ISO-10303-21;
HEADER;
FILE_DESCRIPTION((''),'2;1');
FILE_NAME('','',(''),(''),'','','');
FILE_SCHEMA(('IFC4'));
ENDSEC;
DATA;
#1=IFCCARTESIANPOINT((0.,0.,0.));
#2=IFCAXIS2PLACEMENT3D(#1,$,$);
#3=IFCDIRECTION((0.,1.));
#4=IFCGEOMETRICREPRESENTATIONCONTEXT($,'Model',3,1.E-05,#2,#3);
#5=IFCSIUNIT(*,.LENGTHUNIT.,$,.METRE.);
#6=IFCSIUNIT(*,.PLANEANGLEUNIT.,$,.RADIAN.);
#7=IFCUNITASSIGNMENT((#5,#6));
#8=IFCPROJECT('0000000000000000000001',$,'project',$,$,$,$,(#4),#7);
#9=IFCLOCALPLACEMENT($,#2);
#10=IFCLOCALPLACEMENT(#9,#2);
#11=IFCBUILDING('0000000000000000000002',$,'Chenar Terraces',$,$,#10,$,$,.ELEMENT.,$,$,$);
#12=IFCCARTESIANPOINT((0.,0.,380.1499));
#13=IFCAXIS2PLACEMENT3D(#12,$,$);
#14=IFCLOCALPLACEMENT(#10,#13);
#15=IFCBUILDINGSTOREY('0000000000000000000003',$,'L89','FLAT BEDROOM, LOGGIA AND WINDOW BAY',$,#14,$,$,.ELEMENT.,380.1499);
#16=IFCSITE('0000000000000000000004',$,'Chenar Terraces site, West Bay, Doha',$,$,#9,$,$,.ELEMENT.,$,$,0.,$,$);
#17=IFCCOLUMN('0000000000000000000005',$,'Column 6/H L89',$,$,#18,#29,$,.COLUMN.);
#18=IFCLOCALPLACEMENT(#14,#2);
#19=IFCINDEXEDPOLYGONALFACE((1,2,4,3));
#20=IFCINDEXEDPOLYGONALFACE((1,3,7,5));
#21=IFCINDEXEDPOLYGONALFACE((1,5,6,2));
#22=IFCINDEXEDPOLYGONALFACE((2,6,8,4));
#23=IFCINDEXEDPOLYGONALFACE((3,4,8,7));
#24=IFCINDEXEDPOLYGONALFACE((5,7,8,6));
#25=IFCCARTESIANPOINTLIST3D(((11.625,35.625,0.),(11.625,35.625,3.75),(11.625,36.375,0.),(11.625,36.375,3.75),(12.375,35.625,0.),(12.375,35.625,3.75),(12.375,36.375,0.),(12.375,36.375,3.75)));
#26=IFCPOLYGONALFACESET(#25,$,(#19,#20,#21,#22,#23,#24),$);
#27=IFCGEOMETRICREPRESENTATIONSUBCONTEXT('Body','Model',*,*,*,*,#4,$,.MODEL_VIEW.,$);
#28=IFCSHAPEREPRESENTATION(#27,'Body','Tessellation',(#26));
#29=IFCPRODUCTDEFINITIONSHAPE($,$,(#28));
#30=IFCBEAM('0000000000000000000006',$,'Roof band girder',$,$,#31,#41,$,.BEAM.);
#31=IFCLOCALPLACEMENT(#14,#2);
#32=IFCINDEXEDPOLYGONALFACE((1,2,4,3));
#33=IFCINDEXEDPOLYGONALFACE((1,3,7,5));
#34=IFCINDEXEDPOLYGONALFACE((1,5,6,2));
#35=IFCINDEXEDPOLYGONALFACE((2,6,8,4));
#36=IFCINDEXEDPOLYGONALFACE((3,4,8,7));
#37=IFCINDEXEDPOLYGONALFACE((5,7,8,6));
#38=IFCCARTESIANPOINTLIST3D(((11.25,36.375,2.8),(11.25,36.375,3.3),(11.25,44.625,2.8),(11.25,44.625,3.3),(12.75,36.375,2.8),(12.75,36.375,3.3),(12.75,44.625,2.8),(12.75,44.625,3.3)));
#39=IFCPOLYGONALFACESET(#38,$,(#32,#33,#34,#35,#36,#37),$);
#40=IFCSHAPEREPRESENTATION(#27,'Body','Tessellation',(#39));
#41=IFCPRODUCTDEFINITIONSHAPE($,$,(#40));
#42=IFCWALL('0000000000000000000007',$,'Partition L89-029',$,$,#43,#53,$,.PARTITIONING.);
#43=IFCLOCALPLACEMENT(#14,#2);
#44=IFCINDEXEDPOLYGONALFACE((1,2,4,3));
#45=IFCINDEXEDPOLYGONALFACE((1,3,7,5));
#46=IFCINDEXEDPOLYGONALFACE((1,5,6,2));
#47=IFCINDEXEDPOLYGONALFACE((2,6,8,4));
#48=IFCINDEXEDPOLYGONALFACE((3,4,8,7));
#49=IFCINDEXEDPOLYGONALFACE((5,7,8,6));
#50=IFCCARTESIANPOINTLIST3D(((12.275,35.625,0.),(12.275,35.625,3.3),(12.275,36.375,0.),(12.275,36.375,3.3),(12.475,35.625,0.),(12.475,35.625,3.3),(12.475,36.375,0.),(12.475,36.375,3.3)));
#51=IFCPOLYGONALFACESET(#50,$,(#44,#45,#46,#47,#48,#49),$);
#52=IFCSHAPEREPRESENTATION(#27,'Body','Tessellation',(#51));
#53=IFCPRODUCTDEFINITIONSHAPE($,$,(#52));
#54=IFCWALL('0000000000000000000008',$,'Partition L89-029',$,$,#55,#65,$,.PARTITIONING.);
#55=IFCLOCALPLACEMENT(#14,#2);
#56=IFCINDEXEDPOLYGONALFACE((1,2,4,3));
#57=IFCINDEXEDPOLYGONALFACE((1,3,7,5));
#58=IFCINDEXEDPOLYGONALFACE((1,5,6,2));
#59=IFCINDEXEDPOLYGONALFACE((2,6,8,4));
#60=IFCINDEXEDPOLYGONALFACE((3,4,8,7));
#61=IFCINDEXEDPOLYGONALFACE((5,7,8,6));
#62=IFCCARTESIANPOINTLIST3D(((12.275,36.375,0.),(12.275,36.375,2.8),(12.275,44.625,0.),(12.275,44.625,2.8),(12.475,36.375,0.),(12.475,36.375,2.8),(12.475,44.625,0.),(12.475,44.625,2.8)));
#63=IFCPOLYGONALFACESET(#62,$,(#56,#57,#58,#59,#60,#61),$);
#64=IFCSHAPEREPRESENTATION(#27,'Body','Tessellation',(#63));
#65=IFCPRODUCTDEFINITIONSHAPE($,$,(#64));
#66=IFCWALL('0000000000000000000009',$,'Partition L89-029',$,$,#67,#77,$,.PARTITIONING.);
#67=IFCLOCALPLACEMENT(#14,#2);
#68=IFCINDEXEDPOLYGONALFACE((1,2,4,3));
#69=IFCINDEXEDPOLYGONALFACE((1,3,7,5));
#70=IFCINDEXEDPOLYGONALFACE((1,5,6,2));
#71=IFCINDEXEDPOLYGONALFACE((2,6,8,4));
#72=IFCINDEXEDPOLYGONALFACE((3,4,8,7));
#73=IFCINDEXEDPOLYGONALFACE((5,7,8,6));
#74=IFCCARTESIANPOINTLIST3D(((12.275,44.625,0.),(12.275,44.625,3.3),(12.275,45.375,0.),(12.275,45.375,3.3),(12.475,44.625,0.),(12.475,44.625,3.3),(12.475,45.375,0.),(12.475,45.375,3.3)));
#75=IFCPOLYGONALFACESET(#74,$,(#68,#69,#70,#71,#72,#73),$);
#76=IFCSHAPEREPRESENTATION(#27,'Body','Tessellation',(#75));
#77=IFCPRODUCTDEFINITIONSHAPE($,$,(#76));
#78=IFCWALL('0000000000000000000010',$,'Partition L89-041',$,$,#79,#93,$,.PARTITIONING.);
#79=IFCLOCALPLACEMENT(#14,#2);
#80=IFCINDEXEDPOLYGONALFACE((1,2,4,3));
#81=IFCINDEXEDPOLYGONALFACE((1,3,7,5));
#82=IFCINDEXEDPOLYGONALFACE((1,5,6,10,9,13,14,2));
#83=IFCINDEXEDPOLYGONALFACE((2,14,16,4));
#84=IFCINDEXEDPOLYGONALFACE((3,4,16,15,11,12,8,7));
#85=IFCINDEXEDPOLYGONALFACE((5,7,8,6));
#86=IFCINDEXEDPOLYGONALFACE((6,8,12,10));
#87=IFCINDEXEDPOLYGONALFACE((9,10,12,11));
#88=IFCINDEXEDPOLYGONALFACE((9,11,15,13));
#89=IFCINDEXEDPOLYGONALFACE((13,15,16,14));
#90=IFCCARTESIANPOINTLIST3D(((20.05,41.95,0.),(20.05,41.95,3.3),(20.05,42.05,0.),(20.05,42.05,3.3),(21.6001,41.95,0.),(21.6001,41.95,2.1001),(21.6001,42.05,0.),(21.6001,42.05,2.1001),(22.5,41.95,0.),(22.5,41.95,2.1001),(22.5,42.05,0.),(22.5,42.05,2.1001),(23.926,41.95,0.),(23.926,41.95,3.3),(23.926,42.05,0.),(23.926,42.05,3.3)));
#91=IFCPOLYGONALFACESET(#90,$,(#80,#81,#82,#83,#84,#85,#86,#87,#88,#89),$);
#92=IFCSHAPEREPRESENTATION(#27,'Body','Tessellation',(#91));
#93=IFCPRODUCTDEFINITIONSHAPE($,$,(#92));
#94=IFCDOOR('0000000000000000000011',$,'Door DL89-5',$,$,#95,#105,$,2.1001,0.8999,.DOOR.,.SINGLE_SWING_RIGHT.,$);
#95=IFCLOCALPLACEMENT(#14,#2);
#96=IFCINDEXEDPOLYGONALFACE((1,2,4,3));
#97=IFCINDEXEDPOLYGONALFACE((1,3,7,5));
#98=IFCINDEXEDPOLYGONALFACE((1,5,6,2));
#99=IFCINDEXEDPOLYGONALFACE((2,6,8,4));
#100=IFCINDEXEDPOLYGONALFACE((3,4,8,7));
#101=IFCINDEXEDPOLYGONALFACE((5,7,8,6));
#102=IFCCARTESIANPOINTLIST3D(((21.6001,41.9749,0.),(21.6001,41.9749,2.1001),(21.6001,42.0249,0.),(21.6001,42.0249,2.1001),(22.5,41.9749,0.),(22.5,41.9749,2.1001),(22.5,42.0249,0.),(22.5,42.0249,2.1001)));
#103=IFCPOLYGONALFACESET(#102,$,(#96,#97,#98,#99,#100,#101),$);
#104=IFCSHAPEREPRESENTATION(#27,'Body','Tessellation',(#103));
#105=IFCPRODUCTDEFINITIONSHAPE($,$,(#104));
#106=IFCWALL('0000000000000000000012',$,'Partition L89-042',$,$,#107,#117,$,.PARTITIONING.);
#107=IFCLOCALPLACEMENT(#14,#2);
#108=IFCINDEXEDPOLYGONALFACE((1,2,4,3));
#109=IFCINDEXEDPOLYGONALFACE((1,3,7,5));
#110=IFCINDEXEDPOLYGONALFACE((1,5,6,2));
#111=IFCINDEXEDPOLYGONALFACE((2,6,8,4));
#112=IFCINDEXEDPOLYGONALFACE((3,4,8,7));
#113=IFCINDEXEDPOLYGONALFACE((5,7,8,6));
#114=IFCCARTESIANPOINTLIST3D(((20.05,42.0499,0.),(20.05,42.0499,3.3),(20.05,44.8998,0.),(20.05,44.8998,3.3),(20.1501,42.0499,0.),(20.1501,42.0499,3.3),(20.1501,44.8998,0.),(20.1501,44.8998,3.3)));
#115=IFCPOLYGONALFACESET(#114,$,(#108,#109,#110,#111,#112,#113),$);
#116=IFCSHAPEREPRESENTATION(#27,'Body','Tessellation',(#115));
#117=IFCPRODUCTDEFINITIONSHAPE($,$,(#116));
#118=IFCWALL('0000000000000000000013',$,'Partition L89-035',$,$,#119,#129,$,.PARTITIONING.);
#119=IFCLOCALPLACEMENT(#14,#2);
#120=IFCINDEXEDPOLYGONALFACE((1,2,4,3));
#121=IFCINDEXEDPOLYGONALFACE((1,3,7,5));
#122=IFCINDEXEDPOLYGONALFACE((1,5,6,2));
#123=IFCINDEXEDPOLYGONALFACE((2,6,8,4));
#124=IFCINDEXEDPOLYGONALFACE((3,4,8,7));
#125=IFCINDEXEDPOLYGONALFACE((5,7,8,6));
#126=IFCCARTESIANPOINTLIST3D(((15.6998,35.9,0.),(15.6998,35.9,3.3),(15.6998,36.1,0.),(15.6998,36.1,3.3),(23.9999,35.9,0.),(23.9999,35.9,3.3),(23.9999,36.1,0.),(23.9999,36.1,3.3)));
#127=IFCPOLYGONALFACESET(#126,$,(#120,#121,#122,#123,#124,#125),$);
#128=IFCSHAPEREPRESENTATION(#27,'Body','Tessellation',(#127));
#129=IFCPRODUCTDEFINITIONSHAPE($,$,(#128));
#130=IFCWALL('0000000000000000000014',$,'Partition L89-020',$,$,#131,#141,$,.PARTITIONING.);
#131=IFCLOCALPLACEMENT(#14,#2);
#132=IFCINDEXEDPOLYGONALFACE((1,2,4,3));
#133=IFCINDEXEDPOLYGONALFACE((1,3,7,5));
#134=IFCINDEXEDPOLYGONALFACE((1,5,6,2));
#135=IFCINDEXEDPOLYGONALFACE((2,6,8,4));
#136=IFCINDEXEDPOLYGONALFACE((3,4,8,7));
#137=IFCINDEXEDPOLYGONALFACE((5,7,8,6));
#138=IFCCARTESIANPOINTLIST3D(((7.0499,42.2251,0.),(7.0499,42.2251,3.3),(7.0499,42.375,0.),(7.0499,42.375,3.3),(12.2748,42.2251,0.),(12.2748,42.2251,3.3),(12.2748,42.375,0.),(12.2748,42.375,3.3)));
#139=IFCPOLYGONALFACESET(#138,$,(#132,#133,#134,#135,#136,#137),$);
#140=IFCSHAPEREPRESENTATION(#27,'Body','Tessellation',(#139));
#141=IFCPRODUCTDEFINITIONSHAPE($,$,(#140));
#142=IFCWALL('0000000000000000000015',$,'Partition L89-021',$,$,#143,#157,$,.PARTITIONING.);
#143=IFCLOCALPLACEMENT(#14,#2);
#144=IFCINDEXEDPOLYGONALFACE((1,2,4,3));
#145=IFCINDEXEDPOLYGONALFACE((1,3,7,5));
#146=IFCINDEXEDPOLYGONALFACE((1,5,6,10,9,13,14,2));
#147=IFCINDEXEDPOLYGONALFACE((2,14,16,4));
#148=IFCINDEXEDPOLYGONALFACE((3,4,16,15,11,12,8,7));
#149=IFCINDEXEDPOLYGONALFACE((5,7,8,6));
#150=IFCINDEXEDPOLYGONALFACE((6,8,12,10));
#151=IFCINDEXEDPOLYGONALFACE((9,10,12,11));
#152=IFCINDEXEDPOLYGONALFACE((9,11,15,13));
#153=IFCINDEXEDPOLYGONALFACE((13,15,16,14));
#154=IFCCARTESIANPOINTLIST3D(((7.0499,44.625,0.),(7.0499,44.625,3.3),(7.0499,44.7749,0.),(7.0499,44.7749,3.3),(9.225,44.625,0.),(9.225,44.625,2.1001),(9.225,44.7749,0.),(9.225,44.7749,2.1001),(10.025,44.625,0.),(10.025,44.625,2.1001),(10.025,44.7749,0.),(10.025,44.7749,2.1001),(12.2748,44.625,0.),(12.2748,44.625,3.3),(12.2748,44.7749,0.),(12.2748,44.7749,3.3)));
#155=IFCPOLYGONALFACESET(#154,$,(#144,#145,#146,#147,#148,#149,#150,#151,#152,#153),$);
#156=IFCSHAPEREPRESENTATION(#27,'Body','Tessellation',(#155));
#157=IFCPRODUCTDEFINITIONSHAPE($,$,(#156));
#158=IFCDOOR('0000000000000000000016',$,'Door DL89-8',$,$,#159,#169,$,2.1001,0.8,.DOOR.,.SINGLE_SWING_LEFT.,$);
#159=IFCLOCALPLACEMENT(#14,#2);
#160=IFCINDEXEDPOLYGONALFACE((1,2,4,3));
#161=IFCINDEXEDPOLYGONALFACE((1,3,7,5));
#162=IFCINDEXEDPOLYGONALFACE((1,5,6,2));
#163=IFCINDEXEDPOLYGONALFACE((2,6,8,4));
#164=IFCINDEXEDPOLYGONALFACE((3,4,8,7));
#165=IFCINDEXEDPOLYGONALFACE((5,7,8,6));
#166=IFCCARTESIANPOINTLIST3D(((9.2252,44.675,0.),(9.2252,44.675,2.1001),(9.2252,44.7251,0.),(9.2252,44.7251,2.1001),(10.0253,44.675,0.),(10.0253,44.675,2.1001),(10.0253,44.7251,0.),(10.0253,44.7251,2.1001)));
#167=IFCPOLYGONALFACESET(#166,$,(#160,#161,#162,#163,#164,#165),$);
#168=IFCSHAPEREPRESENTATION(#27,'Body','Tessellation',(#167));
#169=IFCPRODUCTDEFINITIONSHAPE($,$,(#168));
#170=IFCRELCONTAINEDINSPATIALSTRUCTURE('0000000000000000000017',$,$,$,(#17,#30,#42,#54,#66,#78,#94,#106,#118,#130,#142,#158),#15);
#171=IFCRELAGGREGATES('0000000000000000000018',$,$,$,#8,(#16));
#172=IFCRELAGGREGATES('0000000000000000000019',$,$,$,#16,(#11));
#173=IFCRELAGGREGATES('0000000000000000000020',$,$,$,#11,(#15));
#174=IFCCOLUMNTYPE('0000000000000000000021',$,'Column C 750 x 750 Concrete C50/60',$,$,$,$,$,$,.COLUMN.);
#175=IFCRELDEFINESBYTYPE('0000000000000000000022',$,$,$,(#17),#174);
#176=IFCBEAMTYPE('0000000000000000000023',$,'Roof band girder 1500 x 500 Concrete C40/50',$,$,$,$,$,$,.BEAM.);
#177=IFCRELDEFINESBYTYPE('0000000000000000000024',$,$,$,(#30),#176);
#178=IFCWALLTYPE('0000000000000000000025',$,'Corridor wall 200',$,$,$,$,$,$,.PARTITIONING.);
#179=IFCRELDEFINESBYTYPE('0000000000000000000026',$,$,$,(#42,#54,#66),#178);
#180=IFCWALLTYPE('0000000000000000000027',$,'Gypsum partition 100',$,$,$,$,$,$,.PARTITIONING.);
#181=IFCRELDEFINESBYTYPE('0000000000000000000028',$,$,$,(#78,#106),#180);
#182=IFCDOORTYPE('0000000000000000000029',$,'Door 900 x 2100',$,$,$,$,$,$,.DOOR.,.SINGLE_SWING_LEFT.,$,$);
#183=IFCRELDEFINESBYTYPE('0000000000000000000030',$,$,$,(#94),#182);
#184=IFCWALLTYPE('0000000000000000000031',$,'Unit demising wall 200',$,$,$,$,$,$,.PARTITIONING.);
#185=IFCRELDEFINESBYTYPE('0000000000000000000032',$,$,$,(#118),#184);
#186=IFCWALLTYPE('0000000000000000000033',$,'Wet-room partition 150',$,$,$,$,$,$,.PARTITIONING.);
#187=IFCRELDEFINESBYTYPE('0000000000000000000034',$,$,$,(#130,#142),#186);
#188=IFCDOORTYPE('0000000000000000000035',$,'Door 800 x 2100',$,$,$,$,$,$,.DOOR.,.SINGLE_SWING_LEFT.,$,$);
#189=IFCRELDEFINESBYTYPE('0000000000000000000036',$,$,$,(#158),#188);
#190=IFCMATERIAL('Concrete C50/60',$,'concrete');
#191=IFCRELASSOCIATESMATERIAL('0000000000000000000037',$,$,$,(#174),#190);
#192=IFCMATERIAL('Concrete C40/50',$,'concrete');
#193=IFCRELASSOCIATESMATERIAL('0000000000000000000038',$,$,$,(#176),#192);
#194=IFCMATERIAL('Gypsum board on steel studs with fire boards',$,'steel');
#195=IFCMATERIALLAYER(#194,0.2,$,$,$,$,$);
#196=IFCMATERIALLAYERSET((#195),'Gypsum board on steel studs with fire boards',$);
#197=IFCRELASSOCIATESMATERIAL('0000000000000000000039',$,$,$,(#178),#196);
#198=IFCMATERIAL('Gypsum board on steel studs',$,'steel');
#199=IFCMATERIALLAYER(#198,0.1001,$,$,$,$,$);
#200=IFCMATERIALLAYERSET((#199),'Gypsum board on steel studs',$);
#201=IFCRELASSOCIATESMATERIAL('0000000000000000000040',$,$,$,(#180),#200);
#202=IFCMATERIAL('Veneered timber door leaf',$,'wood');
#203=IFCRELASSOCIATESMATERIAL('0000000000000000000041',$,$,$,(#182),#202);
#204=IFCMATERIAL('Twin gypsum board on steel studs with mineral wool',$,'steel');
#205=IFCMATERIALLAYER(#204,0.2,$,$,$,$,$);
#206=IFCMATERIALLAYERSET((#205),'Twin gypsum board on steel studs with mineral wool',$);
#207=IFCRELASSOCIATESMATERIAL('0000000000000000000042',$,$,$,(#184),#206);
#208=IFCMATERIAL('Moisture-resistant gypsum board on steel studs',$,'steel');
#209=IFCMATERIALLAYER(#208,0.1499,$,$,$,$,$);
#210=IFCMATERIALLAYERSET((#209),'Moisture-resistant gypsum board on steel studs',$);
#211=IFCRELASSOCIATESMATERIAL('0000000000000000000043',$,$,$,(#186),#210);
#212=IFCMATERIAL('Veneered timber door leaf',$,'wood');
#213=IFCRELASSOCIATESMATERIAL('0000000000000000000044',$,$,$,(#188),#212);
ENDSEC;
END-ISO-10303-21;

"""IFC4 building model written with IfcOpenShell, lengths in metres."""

from ifc_helpers import new_model, si_unit, direction, frame, frame_2d, origin, origin_2d, place, context, subcontext, project, spatial, rectangle, extrude, material, layer, layer_set, material_profile, profile_set, type_object, element, fill, save


model = new_model("IFC4")

# Units and contexts
model_context = context("Model", 3, precision=1e-05, world=origin(), true_north=direction((0.0, 1.0)))
body_context = subcontext(model_context, "Body", "Model", "MODEL_VIEW")
ifc_project = project(units=[si_unit("LENGTHUNIT", "METRE"), si_unit("PLANEANGLEUNIT", "RADIAN")], contexts=[model_context])

# Site, building, storey
site_placement = place(None, origin())
site = spatial("IfcSite", under=ifc_project, at=site_placement, Name="Chenar Terraces site, West Bay, Doha", CompositionType="ELEMENT", RefElevation=0.0)
building_placement = place(site_placement, origin())
building = spatial("IfcBuilding", under=site, at=building_placement, Name="Chenar Terraces", CompositionType="ELEMENT")
storey_placement = place(building_placement, frame((0.0, 0.0, 380.1499)))
storey = spatial("IfcBuildingStorey", under=building, at=storey_placement, Name="L89", Description="FLAT BEDROOM, LOGGIA AND WINDOW BAY", CompositionType="ELEMENT", Elevation=380.1499)

# Column
ifc_material_1 = material(Name="Concrete C50/60", Category="concrete")
ifc_material_profile_1 = material_profile(ifc_material_1, rectangle(XDim=0.75, YDim=0.75, at=origin_2d()), Name="C 750 x 750")
ifc_profile_set_1 = profile_set([ifc_material_profile_1], Name="Concrete C50/60")
column_type = type_object("IfcColumnType", Name="Column C 750 x 750 Concrete C50/60", PredefinedType="COLUMN", material=ifc_profile_set_1)
column_placement = place(storey_placement, frame((12.0, 36.0, 0.0), z_axis=(0.0, 0.0, 1.0), x_axis=(1.0, 0.0, 0.0)))
element("IfcColumn", 1, at=column_placement, inside=storey, type_object=column_type, Name="Column 6/H L89", PredefinedType="COLUMN", context=body_context, shape_type="SweptSolid", body=[
    extrude(rectangle(XDim=0.75, YDim=0.75, at=origin_2d()), origin(), (0.0, 0.0, 1.0), 3.75),
])

# Beam
ifc_material_2 = material(Name="Concrete C40/50", Category="concrete")
ifc_material_profile_2 = material_profile(ifc_material_2, rectangle(XDim=1.5, YDim=0.5, at=origin_2d()), Name="RC 1500 x 500")
ifc_profile_set_2 = profile_set([ifc_material_profile_2], Name="Concrete C40/50")
beam_type = type_object("IfcBeamType", Name="Roof band girder 1500 x 500 Concrete C40/50", PredefinedType="BEAM", material=ifc_profile_set_2)
beam_placement = place(storey_placement, frame((12.0, 36.375, 3.05), z_axis=(0.0, 1.0, 0.0), x_axis=(-1.0, 0.0, 0.0)))
element("IfcBeam", 2, at=beam_placement, inside=storey, type_object=beam_type, Name="Roof band girder", PredefinedType="BEAM", context=body_context, shape_type="SweptSolid", body=[
    extrude(rectangle(XDim=1.5, YDim=0.5, at=origin_2d()), origin(), (0.0, 0.0, 1.0), 8.25),
])

# Walls
ifc_material_3 = material(Name="Gypsum board on steel studs with fire boards", Category="steel")
ifc_layer_1 = layer(ifc_material_3, 0.2)
ifc_layer_set_1 = layer_set([ifc_layer_1], Name="Gypsum board on steel studs with fire boards")
wall_type_1 = type_object("IfcWallType", Name="Corridor wall 200", PredefinedType="PARTITIONING", material=ifc_layer_set_1)
wall_1_placement = place(storey_placement, frame((12.375, 35.625, 0.0), z_axis=(0.0, 0.0, 1.0), x_axis=(0.0, 1.0, 0.0)))
element("IfcWall", 3, at=wall_1_placement, inside=storey, type_object=wall_type_1, Name="Partition L89-029", PredefinedType="PARTITIONING", context=body_context, shape_type="SweptSolid", body=[
    extrude(rectangle(XDim=0.75, YDim=0.2, at=frame_2d((0.375, 0.0))), origin(), (0.0, 0.0, 1.0), 3.3),
])
wall_2_placement = place(storey_placement, frame((12.375, 36.375, 0.0), z_axis=(0.0, 0.0, 1.0), x_axis=(0.0, 1.0, 0.0)))
element("IfcWall", 4, at=wall_2_placement, inside=storey, type_object=wall_type_1, Name="Partition L89-029", PredefinedType="PARTITIONING", context=body_context, shape_type="SweptSolid", body=[
    extrude(rectangle(XDim=8.25, YDim=0.2, at=frame_2d((4.125, 0.0))), origin(), (0.0, 0.0, 1.0), 2.8),
])
wall_3_placement = place(storey_placement, frame((12.375, 44.625, 0.0), z_axis=(0.0, 0.0, 1.0), x_axis=(0.0, 1.0, 0.0)))
element("IfcWall", 5, at=wall_3_placement, inside=storey, type_object=wall_type_1, Name="Partition L89-029", PredefinedType="PARTITIONING", context=body_context, shape_type="SweptSolid", body=[
    extrude(rectangle(XDim=0.75, YDim=0.2, at=frame_2d((0.375, 0.0))), origin(), (0.0, 0.0, 1.0), 3.3),
])

# Wall, opening, door
ifc_material_4 = material(Name="Gypsum board on steel studs", Category="steel")
ifc_layer_2 = layer(ifc_material_4, 0.1001)
ifc_layer_set_2 = layer_set([ifc_layer_2], Name="Gypsum board on steel studs")
wall_type_2 = type_object("IfcWallType", Name="Gypsum partition 100", PredefinedType="PARTITIONING", material=ifc_layer_set_2)
wall_4_placement = place(storey_placement, frame((20.05, 42.0, 0.0), z_axis=(0.0, 0.0, 1.0), x_axis=(1.0, 0.0, 0.0)))
wall_4 = element("IfcWall", 6, at=wall_4_placement, inside=storey, type_object=wall_type_2, Name="Partition L89-041", PredefinedType="PARTITIONING", context=body_context, shape_type="SweptSolid", body=[
    extrude(rectangle(XDim=3.876, YDim=0.1001, at=frame_2d((1.938, 0.0))), origin(), (0.0, 0.0, 1.0), 3.3),
])
opening_1_placement = place(wall_4_placement, frame((1.55, 0.0, 0.0)))
opening_1 = element("IfcOpeningElement", 7, at=opening_1_placement, cuts=wall_4, PredefinedType="OPENING", context=body_context, shape_type="SweptSolid", body=[
    extrude(rectangle(XDim=0.8999, YDim=2.1001, at=frame_2d((0.45, 1.05))), frame((0.0, 0.0601, 0.0), z_axis=(0.0, -1.0, 0.0), x_axis=(1.0, 0.0, 0.0)), (0.0, 0.0, 1.0), 0.1201),
])
ifc_material_5 = material(Name="Veneered timber door leaf", Category="wood")
door_type_1 = type_object("IfcDoorType", Name="Door 900 x 2100", OperationType="SINGLE_SWING_LEFT", PredefinedType="DOOR", material=ifc_material_5)
door_1_placement = place(opening_1_placement, origin())
door_1 = element("IfcDoor", 8, at=door_1_placement, inside=storey, type_object=door_type_1, Name="Door DL89-5", OperationType="SINGLE_SWING_RIGHT", OverallHeight=2.1001, OverallWidth=0.8999, PredefinedType="DOOR", context=body_context, shape_type="SweptSolid", body=[
    extrude(rectangle(XDim=0.8999, YDim=2.1001, at=frame_2d((0.45, 1.05))), frame((0.0, 0.0249, 0.0), z_axis=(0.0, -1.0, 0.0), x_axis=(1.0, 0.0, 0.0)), (0.0, 0.0, 1.0), 0.05),
])
fill(opening_1, door_1)

# Walls
wall_5_placement = place(storey_placement, frame((20.1001, 42.05, 0.0), z_axis=(0.0, 0.0, 1.0), x_axis=(0.0, 1.0, 0.0)))
element("IfcWall", 9, at=wall_5_placement, inside=storey, type_object=wall_type_2, Name="Partition L89-042", PredefinedType="PARTITIONING", context=body_context, shape_type="SweptSolid", body=[
    extrude(rectangle(XDim=2.8499, YDim=0.1001, at=frame_2d((1.4248, 0.0))), origin(), (0.0, 0.0, 1.0), 3.3),
])
ifc_material_6 = material(Name="Twin gypsum board on steel studs with mineral wool", Category="steel")
ifc_layer_3 = layer(ifc_material_6, 0.2)
ifc_layer_set_3 = layer_set([ifc_layer_3], Name="Twin gypsum board on steel studs with mineral wool")
wall_type_3 = type_object("IfcWallType", Name="Unit demising wall 200", PredefinedType="PARTITIONING", material=ifc_layer_set_3)
wall_6_placement = place(storey_placement, frame((15.7, 36.0, 0.0), z_axis=(0.0, 0.0, 1.0), x_axis=(1.0, 0.0, 0.0)))
element("IfcWall", 10, at=wall_6_placement, inside=storey, type_object=wall_type_3, Name="Partition L89-035", PredefinedType="PARTITIONING", context=body_context, shape_type="SweptSolid", body=[
    extrude(rectangle(XDim=8.3, YDim=0.2, at=frame_2d((4.1499, 0.0))), origin(), (0.0, 0.0, 1.0), 3.3),
])
ifc_material_7 = material(Name="Moisture-resistant gypsum board on steel studs", Category="steel")
ifc_layer_4 = layer(ifc_material_7, 0.1499)
ifc_layer_set_4 = layer_set([ifc_layer_4], Name="Moisture-resistant gypsum board on steel studs")
wall_type_4 = type_object("IfcWallType", Name="Wet-room partition 150", PredefinedType="PARTITIONING", material=ifc_layer_set_4)
wall_7_placement = place(storey_placement, frame((7.05, 42.3, 0.0), z_axis=(0.0, 0.0, 1.0), x_axis=(1.0, 0.0, 0.0)))
element("IfcWall", 11, at=wall_7_placement, inside=storey, type_object=wall_type_4, Name="Partition L89-020", PredefinedType="PARTITIONING", context=body_context, shape_type="SweptSolid", body=[
    extrude(rectangle(XDim=5.2249, YDim=0.1499, at=frame_2d((2.6123, 0.0))), origin(), (0.0, 0.0, 1.0), 3.3),
])

# Wall, opening, door
wall_8_placement = place(storey_placement, frame((7.05, 44.7, 0.0), z_axis=(0.0, 0.0, 1.0), x_axis=(1.0, 0.0, 0.0)))
wall_8 = element("IfcWall", 12, at=wall_8_placement, inside=storey, type_object=wall_type_4, Name="Partition L89-021", PredefinedType="PARTITIONING", context=body_context, shape_type="SweptSolid", body=[
    extrude(rectangle(XDim=5.2249, YDim=0.1499, at=frame_2d((2.6123, 0.0))), origin(), (0.0, 0.0, 1.0), 3.3),
])
opening_2_placement = place(wall_8_placement, frame((2.175, 0.0, 0.0)))
opening_2 = element("IfcOpeningElement", 13, at=opening_2_placement, cuts=wall_8, PredefinedType="OPENING", context=body_context, shape_type="SweptSolid", body=[
    extrude(rectangle(XDim=0.8, YDim=2.1001, at=frame_2d((0.3999, 1.05))), frame((0.0, 0.085, 0.0), z_axis=(0.0, -1.0, 0.0), x_axis=(1.0, 0.0, 0.0)), (0.0, 0.0, 1.0), 0.1699),
])
ifc_material_8 = material(Name="Veneered timber door leaf", Category="wood")
door_type_2 = type_object("IfcDoorType", Name="Door 800 x 2100", OperationType="SINGLE_SWING_LEFT", PredefinedType="DOOR", material=ifc_material_8)
door_2_placement = place(opening_2_placement, frame((0.8, 0.0, 0.0), z_axis=(0.0, 0.0, 1.0), x_axis=(-1.0, 0.0, 0.0)))
door_2 = element("IfcDoor", 14, at=door_2_placement, inside=storey, type_object=door_type_2, Name="Door DL89-8", OperationType="SINGLE_SWING_LEFT", OverallHeight=2.1001, OverallWidth=0.8, PredefinedType="DOOR", context=body_context, shape_type="SweptSolid", body=[
    extrude(rectangle(XDim=0.8, YDim=2.1001, at=frame_2d((0.3999, 1.05))), frame((0.0, 0.0249, 0.0), z_axis=(0.0, -1.0, 0.0), x_axis=(1.0, 0.0, 0.0)), (0.0, 0.0, 1.0), 0.05),
])
fill(opening_2, door_2)

save(model, "model.ifc")
